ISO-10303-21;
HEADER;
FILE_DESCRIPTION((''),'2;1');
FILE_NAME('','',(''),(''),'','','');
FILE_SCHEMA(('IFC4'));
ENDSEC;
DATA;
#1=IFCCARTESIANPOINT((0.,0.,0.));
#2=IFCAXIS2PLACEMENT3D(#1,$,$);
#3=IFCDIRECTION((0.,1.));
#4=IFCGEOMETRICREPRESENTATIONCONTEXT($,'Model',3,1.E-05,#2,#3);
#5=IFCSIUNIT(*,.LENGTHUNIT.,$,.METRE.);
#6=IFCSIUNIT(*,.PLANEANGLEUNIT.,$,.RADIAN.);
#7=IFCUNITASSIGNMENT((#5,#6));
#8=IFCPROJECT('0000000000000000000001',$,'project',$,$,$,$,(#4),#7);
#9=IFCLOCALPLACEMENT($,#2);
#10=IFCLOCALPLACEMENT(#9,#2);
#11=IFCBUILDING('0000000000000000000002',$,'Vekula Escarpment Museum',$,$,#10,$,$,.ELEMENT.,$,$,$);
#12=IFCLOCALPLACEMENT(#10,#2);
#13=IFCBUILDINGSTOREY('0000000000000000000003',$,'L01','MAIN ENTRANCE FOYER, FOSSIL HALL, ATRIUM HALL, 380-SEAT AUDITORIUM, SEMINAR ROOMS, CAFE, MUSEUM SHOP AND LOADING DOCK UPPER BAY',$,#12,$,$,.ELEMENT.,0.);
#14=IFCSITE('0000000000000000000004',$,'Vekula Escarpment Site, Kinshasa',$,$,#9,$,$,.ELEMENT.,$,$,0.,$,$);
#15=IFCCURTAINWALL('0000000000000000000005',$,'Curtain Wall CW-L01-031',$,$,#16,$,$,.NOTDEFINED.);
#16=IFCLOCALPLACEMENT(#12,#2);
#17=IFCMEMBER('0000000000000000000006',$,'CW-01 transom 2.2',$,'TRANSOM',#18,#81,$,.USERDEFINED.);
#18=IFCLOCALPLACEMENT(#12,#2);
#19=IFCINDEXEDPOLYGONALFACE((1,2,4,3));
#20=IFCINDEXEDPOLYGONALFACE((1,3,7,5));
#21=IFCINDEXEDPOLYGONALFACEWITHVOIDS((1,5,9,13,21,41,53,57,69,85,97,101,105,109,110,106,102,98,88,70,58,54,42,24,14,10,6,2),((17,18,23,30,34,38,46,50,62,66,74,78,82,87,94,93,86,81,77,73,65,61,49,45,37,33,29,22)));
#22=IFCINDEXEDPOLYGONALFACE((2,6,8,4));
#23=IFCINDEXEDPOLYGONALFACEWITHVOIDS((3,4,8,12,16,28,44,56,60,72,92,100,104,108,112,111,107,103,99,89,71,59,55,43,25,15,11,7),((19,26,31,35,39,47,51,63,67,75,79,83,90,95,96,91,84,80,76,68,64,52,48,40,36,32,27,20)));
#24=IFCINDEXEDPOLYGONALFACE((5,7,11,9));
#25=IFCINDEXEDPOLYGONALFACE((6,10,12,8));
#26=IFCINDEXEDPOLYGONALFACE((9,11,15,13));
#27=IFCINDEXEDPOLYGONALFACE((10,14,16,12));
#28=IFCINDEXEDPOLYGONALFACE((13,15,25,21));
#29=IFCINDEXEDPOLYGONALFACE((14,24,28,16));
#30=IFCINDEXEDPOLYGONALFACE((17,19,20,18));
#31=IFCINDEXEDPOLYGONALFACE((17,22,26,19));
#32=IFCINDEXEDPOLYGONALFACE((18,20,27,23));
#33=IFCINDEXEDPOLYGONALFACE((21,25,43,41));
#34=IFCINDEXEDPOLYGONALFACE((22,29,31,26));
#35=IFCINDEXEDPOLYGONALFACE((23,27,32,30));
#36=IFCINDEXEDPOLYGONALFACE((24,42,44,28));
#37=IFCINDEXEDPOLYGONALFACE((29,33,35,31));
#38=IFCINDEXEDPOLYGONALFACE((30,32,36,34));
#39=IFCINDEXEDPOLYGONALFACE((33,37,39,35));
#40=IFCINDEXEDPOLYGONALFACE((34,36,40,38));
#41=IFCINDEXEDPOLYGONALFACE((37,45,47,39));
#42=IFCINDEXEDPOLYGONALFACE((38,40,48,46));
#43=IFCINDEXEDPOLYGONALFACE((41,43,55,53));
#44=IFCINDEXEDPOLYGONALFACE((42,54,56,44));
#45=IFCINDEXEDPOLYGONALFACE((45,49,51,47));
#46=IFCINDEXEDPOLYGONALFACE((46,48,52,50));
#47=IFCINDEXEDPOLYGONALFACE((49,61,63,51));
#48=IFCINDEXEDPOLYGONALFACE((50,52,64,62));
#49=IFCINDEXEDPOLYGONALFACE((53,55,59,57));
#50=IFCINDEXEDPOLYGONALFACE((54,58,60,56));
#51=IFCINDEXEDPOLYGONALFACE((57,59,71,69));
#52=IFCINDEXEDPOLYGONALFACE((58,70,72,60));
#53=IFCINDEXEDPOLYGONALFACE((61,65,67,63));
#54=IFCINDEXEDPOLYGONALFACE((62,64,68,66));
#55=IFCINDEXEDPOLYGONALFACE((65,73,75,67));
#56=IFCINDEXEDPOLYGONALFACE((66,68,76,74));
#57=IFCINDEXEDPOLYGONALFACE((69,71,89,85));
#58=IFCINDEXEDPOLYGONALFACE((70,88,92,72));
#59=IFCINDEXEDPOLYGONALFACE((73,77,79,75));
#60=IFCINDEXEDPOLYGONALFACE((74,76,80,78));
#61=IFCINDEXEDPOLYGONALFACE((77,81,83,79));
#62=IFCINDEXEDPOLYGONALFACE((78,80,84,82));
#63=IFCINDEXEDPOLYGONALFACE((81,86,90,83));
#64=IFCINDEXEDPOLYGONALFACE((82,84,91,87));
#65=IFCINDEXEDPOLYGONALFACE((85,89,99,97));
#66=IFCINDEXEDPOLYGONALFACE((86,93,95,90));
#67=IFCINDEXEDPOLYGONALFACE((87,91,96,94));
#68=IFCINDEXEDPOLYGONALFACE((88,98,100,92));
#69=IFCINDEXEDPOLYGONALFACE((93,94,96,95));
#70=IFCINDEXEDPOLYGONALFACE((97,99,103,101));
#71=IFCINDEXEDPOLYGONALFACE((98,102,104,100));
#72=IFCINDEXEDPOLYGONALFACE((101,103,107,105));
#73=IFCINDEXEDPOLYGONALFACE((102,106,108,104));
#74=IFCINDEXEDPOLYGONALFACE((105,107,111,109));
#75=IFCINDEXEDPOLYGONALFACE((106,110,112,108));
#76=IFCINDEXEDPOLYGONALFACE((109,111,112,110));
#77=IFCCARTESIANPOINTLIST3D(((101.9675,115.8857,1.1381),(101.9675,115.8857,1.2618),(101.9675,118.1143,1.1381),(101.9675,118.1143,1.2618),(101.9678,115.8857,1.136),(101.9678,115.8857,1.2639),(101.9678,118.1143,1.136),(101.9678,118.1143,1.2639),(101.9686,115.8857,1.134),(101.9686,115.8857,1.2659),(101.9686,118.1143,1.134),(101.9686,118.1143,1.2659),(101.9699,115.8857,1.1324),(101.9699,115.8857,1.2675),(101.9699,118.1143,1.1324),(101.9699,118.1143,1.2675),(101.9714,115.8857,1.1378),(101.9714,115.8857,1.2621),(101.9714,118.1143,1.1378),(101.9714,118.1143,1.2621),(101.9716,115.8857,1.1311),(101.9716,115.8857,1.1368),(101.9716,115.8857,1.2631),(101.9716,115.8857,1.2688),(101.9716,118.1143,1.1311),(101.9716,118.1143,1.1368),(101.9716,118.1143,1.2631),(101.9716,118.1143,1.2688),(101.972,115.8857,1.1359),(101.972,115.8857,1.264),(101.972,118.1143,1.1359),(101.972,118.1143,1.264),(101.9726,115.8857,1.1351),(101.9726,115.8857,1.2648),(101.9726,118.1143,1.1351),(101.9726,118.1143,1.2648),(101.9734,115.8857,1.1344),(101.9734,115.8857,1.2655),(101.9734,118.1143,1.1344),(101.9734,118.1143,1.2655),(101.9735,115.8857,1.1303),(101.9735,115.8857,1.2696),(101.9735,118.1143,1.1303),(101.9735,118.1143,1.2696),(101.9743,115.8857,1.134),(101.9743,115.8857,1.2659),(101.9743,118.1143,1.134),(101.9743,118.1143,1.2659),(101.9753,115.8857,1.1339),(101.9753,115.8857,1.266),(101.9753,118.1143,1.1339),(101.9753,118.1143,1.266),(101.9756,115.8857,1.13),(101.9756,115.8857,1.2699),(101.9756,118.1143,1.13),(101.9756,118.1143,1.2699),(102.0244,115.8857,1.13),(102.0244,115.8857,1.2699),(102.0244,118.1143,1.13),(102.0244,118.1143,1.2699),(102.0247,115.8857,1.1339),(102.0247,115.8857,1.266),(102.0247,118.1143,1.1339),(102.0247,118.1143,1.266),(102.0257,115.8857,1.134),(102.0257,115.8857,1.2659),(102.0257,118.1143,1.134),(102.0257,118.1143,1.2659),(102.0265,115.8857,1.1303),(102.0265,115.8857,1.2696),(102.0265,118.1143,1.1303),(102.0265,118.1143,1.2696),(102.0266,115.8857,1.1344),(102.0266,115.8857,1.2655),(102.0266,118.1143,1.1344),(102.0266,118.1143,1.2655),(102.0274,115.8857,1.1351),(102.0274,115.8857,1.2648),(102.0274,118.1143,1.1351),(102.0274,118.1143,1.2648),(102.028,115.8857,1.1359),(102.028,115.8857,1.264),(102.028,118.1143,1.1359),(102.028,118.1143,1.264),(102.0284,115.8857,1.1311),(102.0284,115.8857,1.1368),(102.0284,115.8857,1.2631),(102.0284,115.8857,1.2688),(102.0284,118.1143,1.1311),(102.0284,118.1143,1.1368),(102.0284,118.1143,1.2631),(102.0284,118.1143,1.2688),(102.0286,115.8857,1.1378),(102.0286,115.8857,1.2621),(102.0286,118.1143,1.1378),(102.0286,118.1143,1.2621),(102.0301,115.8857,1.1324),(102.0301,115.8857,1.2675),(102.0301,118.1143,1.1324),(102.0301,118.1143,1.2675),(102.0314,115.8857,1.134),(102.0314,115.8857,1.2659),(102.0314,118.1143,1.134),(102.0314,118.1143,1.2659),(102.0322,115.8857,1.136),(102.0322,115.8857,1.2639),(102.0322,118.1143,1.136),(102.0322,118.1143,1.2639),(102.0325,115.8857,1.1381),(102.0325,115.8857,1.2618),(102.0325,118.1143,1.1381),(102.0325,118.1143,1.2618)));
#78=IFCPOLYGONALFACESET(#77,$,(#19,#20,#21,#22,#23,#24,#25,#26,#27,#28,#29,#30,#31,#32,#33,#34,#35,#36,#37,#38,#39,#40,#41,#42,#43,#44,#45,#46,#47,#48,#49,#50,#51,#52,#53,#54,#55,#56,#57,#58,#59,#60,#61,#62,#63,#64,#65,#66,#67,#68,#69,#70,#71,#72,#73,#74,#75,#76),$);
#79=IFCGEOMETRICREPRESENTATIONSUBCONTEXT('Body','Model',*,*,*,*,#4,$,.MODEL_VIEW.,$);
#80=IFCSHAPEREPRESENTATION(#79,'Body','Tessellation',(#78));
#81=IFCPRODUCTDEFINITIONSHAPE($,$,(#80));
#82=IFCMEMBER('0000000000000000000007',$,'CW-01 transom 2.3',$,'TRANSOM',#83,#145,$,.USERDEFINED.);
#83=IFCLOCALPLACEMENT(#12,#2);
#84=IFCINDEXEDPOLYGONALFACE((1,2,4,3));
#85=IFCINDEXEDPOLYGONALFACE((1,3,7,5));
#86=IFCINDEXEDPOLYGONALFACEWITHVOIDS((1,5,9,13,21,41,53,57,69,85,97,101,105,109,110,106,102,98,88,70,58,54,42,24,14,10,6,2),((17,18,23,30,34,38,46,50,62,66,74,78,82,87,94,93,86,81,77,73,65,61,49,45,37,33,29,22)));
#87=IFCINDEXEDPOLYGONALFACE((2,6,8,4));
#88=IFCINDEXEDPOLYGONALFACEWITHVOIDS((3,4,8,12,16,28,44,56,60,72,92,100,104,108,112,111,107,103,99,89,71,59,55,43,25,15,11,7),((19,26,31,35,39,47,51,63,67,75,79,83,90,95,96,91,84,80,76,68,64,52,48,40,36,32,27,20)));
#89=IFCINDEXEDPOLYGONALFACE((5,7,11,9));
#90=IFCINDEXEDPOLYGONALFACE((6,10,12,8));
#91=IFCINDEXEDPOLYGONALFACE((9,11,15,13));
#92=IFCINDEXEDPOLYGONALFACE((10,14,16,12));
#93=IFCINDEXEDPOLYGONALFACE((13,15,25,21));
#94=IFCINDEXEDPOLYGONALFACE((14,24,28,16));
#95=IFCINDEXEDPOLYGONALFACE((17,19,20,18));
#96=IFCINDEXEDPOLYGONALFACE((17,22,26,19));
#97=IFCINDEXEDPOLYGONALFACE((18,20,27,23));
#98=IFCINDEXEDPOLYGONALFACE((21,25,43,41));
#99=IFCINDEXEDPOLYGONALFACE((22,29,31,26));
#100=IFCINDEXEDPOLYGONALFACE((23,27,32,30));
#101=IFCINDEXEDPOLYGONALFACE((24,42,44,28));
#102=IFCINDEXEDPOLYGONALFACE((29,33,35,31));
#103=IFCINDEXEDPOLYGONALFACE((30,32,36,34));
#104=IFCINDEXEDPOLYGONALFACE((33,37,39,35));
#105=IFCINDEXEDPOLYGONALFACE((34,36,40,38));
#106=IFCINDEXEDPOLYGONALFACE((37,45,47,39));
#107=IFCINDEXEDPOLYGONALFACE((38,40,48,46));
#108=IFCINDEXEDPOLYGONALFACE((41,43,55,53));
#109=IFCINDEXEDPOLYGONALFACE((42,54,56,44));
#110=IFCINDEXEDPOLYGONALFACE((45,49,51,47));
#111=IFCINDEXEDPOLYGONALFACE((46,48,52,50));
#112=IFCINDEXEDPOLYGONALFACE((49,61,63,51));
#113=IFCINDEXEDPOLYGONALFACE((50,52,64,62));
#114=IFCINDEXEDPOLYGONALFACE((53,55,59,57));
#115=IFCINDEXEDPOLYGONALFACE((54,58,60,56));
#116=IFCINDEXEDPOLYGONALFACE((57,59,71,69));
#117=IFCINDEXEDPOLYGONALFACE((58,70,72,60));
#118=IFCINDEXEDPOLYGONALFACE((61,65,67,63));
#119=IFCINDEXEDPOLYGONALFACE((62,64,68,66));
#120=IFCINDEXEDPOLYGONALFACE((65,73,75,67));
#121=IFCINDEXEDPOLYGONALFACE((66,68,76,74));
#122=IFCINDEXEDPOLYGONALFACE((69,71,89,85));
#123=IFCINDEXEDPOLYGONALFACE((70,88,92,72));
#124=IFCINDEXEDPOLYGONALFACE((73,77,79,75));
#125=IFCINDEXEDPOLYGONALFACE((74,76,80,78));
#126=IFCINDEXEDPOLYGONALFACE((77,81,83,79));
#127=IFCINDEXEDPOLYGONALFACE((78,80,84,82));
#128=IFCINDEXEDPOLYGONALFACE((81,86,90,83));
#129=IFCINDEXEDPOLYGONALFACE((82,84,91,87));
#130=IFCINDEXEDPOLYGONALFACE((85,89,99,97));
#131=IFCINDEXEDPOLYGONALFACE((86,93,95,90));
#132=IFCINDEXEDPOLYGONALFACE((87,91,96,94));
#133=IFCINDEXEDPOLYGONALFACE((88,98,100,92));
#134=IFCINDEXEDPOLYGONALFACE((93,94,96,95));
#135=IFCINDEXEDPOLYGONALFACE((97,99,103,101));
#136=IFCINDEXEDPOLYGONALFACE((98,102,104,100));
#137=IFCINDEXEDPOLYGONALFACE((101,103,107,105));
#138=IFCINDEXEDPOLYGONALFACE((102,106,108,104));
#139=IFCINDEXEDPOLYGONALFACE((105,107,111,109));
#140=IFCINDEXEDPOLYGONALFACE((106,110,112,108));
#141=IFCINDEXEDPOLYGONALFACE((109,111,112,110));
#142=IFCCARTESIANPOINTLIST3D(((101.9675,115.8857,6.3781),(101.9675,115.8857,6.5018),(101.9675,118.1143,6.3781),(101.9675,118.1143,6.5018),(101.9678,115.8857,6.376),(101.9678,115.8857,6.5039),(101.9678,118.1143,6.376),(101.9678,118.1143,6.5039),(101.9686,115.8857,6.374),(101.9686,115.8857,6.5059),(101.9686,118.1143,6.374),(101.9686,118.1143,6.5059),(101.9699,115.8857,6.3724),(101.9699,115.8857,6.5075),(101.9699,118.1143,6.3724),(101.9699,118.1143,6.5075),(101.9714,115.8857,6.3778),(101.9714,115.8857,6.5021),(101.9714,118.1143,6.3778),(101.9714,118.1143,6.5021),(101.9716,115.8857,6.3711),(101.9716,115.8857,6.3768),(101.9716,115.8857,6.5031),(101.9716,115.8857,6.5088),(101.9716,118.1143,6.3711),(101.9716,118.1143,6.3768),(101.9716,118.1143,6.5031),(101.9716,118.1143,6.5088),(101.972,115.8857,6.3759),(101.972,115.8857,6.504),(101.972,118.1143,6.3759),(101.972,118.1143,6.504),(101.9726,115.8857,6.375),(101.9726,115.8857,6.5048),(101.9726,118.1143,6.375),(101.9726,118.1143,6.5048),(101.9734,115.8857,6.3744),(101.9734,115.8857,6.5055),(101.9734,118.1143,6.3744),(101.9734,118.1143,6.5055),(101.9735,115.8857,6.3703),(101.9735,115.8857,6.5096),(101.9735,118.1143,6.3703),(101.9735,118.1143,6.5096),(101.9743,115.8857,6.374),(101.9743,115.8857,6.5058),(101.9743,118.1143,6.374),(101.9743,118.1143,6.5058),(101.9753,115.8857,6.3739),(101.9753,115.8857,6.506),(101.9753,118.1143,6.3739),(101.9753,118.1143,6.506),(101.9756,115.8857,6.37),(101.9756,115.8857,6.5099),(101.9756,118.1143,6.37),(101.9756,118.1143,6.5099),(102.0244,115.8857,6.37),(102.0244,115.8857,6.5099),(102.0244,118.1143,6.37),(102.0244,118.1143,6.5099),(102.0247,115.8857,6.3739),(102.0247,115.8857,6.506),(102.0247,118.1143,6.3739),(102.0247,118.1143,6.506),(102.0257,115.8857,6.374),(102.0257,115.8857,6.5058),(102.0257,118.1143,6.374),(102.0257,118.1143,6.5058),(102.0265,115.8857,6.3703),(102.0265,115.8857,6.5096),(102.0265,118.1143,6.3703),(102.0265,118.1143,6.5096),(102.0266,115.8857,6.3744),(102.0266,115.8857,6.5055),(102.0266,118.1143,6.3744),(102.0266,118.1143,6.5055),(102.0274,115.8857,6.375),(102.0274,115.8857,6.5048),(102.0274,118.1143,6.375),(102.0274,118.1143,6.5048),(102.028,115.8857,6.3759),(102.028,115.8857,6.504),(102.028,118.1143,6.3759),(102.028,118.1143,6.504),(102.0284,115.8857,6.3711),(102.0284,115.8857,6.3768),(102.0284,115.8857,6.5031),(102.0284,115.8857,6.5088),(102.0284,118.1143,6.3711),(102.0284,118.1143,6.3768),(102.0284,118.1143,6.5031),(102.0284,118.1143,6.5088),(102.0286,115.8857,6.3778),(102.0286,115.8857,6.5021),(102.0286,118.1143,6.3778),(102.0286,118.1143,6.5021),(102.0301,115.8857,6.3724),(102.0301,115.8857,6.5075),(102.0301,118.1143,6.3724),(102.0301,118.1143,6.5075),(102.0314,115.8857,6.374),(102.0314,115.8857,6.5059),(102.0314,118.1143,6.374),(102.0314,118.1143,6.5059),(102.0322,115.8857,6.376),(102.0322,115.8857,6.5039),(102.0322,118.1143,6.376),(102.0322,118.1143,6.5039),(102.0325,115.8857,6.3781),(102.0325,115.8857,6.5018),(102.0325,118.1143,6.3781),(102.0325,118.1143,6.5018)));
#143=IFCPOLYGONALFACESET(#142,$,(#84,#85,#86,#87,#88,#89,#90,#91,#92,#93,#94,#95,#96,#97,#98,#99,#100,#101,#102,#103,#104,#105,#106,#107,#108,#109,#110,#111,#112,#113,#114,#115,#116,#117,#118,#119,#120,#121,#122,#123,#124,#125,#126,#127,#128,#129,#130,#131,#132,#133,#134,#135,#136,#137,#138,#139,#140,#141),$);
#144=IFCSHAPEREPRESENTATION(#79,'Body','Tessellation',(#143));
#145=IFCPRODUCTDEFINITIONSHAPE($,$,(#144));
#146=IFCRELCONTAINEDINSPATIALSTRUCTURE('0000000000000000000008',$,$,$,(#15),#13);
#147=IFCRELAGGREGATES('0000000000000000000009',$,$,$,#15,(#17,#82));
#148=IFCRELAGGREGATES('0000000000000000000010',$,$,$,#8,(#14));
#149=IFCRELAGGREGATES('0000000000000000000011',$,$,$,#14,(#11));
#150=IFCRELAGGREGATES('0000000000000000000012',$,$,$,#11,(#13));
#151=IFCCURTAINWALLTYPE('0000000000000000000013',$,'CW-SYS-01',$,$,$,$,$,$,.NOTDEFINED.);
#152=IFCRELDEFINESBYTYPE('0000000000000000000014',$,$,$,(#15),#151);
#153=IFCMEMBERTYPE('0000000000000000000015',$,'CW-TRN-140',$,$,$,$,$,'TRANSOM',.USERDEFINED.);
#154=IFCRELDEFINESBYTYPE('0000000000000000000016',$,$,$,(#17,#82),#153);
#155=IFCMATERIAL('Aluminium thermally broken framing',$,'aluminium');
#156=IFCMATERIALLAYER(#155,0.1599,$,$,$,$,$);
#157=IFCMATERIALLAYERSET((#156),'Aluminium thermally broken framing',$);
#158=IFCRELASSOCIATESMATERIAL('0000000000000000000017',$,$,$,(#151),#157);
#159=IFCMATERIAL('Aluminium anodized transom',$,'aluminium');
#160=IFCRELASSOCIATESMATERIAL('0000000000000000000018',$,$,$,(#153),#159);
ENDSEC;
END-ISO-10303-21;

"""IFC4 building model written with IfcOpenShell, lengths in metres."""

from ifc_helpers import new_model, si_unit, direction, frame, origin, origin_2d, place, context, subcontext, project, spatial, hollow_rectangle, extrude, material, layer, layer_set, material_profile, profile_set, type_object, element, aggregate, save


model = new_model("IFC4")

# Units and contexts
model_context = context("Model", 3, precision=1e-05, world=origin(), true_north=direction((0.0, 1.0)))
body_context = subcontext(model_context, "Body", "Model", "MODEL_VIEW")
ifc_project = project(units=[si_unit("LENGTHUNIT", "METRE"), si_unit("PLANEANGLEUNIT", "RADIAN")], contexts=[model_context])

# Site, building, storey
site_placement = place(None, origin())
site = spatial("IfcSite", under=ifc_project, at=site_placement, Name="Vekula Escarpment Site, Kinshasa", CompositionType="ELEMENT", RefElevation=0.0)
building_placement = place(site_placement, origin())
building = spatial("IfcBuilding", under=site, at=building_placement, Name="Vekula Escarpment Museum", CompositionType="ELEMENT")
storey_placement = place(building_placement, origin())
storey = spatial("IfcBuildingStorey", under=building, at=storey_placement, Name="L01", Description="MAIN ENTRANCE FOYER, FOSSIL HALL, ATRIUM HALL, 380-SEAT AUDITORIUM, SEMINAR ROOMS, CAFE, MUSEUM SHOP AND LOADING DOCK UPPER BAY", CompositionType="ELEMENT", Elevation=0.0)

# Curtain wall, members
ifc_material_1 = material(Name="Aluminium thermally broken framing", Category="aluminium")
ifc_layer_1 = layer(ifc_material_1, 0.1599)
ifc_layer_set_1 = layer_set([ifc_layer_1], Name="Aluminium thermally broken framing")
curtain_wall_type = type_object("IfcCurtainWallType", Name="CW-SYS-01", PredefinedType="NOTDEFINED", material=ifc_layer_set_1)
curtain_wall_placement = place(storey_placement, origin())
curtain_wall = element("IfcCurtainWall", 1, at=curtain_wall_placement, inside=storey, type_object=curtain_wall_type, Name="Curtain Wall CW-L01-031", PredefinedType="NOTDEFINED")
ifc_material_2 = material(Name="Aluminium anodized transom", Category="aluminium")
ifc_material_profile_1 = material_profile(ifc_material_2, hollow_rectangle(XDim=0.0649, YDim=0.1399, WallThickness=0.0039, InnerFilletRadius=0.0039, OuterFilletRadius=0.0081, at=origin_2d()), Name="ALU 140x65x4")
ifc_profile_set_1 = profile_set([ifc_material_profile_1], Name="Aluminium anodized transom")
member_type_1 = type_object("IfcMemberType", Name="CW-TRN-140", ElementType="TRANSOM", PredefinedType="USERDEFINED", material=ifc_profile_set_1)
member_1_placement = place(storey_placement, frame((102.0, 115.8857, 1.2), z_axis=(0.0, 1.0, 0.0), x_axis=(-1.0, 0.0, 0.0)))
member_1 = element("IfcMember", 2, at=member_1_placement, type_object=member_type_1, Name="CW-01 transom 2.2", ObjectType="TRANSOM", PredefinedType="USERDEFINED", context=body_context, shape_type="SweptSolid", body=[
    extrude(hollow_rectangle(XDim=0.0649, YDim=0.1399, WallThickness=0.0039, InnerFilletRadius=0.0039, OuterFilletRadius=0.0081, at=origin_2d()), origin(), (0.0, 0.0, 1.0), 2.2285),
])
member_2_placement = place(storey_placement, frame((102.0, 115.8857, 6.4399), z_axis=(0.0, 1.0, 0.0), x_axis=(-1.0, 0.0, 0.0)))
member_2 = element("IfcMember", 3, at=member_2_placement, type_object=member_type_1, Name="CW-01 transom 2.3", ObjectType="TRANSOM", PredefinedType="USERDEFINED", context=body_context, shape_type="SweptSolid", body=[
    extrude(hollow_rectangle(XDim=0.0649, YDim=0.1399, WallThickness=0.0039, InnerFilletRadius=0.0039, OuterFilletRadius=0.0081, at=origin_2d()), origin(), (0.0, 0.0, 1.0), 2.2285),
])
aggregate(curtain_wall, [member_1, member_2])

save(model, "model.ifc")
